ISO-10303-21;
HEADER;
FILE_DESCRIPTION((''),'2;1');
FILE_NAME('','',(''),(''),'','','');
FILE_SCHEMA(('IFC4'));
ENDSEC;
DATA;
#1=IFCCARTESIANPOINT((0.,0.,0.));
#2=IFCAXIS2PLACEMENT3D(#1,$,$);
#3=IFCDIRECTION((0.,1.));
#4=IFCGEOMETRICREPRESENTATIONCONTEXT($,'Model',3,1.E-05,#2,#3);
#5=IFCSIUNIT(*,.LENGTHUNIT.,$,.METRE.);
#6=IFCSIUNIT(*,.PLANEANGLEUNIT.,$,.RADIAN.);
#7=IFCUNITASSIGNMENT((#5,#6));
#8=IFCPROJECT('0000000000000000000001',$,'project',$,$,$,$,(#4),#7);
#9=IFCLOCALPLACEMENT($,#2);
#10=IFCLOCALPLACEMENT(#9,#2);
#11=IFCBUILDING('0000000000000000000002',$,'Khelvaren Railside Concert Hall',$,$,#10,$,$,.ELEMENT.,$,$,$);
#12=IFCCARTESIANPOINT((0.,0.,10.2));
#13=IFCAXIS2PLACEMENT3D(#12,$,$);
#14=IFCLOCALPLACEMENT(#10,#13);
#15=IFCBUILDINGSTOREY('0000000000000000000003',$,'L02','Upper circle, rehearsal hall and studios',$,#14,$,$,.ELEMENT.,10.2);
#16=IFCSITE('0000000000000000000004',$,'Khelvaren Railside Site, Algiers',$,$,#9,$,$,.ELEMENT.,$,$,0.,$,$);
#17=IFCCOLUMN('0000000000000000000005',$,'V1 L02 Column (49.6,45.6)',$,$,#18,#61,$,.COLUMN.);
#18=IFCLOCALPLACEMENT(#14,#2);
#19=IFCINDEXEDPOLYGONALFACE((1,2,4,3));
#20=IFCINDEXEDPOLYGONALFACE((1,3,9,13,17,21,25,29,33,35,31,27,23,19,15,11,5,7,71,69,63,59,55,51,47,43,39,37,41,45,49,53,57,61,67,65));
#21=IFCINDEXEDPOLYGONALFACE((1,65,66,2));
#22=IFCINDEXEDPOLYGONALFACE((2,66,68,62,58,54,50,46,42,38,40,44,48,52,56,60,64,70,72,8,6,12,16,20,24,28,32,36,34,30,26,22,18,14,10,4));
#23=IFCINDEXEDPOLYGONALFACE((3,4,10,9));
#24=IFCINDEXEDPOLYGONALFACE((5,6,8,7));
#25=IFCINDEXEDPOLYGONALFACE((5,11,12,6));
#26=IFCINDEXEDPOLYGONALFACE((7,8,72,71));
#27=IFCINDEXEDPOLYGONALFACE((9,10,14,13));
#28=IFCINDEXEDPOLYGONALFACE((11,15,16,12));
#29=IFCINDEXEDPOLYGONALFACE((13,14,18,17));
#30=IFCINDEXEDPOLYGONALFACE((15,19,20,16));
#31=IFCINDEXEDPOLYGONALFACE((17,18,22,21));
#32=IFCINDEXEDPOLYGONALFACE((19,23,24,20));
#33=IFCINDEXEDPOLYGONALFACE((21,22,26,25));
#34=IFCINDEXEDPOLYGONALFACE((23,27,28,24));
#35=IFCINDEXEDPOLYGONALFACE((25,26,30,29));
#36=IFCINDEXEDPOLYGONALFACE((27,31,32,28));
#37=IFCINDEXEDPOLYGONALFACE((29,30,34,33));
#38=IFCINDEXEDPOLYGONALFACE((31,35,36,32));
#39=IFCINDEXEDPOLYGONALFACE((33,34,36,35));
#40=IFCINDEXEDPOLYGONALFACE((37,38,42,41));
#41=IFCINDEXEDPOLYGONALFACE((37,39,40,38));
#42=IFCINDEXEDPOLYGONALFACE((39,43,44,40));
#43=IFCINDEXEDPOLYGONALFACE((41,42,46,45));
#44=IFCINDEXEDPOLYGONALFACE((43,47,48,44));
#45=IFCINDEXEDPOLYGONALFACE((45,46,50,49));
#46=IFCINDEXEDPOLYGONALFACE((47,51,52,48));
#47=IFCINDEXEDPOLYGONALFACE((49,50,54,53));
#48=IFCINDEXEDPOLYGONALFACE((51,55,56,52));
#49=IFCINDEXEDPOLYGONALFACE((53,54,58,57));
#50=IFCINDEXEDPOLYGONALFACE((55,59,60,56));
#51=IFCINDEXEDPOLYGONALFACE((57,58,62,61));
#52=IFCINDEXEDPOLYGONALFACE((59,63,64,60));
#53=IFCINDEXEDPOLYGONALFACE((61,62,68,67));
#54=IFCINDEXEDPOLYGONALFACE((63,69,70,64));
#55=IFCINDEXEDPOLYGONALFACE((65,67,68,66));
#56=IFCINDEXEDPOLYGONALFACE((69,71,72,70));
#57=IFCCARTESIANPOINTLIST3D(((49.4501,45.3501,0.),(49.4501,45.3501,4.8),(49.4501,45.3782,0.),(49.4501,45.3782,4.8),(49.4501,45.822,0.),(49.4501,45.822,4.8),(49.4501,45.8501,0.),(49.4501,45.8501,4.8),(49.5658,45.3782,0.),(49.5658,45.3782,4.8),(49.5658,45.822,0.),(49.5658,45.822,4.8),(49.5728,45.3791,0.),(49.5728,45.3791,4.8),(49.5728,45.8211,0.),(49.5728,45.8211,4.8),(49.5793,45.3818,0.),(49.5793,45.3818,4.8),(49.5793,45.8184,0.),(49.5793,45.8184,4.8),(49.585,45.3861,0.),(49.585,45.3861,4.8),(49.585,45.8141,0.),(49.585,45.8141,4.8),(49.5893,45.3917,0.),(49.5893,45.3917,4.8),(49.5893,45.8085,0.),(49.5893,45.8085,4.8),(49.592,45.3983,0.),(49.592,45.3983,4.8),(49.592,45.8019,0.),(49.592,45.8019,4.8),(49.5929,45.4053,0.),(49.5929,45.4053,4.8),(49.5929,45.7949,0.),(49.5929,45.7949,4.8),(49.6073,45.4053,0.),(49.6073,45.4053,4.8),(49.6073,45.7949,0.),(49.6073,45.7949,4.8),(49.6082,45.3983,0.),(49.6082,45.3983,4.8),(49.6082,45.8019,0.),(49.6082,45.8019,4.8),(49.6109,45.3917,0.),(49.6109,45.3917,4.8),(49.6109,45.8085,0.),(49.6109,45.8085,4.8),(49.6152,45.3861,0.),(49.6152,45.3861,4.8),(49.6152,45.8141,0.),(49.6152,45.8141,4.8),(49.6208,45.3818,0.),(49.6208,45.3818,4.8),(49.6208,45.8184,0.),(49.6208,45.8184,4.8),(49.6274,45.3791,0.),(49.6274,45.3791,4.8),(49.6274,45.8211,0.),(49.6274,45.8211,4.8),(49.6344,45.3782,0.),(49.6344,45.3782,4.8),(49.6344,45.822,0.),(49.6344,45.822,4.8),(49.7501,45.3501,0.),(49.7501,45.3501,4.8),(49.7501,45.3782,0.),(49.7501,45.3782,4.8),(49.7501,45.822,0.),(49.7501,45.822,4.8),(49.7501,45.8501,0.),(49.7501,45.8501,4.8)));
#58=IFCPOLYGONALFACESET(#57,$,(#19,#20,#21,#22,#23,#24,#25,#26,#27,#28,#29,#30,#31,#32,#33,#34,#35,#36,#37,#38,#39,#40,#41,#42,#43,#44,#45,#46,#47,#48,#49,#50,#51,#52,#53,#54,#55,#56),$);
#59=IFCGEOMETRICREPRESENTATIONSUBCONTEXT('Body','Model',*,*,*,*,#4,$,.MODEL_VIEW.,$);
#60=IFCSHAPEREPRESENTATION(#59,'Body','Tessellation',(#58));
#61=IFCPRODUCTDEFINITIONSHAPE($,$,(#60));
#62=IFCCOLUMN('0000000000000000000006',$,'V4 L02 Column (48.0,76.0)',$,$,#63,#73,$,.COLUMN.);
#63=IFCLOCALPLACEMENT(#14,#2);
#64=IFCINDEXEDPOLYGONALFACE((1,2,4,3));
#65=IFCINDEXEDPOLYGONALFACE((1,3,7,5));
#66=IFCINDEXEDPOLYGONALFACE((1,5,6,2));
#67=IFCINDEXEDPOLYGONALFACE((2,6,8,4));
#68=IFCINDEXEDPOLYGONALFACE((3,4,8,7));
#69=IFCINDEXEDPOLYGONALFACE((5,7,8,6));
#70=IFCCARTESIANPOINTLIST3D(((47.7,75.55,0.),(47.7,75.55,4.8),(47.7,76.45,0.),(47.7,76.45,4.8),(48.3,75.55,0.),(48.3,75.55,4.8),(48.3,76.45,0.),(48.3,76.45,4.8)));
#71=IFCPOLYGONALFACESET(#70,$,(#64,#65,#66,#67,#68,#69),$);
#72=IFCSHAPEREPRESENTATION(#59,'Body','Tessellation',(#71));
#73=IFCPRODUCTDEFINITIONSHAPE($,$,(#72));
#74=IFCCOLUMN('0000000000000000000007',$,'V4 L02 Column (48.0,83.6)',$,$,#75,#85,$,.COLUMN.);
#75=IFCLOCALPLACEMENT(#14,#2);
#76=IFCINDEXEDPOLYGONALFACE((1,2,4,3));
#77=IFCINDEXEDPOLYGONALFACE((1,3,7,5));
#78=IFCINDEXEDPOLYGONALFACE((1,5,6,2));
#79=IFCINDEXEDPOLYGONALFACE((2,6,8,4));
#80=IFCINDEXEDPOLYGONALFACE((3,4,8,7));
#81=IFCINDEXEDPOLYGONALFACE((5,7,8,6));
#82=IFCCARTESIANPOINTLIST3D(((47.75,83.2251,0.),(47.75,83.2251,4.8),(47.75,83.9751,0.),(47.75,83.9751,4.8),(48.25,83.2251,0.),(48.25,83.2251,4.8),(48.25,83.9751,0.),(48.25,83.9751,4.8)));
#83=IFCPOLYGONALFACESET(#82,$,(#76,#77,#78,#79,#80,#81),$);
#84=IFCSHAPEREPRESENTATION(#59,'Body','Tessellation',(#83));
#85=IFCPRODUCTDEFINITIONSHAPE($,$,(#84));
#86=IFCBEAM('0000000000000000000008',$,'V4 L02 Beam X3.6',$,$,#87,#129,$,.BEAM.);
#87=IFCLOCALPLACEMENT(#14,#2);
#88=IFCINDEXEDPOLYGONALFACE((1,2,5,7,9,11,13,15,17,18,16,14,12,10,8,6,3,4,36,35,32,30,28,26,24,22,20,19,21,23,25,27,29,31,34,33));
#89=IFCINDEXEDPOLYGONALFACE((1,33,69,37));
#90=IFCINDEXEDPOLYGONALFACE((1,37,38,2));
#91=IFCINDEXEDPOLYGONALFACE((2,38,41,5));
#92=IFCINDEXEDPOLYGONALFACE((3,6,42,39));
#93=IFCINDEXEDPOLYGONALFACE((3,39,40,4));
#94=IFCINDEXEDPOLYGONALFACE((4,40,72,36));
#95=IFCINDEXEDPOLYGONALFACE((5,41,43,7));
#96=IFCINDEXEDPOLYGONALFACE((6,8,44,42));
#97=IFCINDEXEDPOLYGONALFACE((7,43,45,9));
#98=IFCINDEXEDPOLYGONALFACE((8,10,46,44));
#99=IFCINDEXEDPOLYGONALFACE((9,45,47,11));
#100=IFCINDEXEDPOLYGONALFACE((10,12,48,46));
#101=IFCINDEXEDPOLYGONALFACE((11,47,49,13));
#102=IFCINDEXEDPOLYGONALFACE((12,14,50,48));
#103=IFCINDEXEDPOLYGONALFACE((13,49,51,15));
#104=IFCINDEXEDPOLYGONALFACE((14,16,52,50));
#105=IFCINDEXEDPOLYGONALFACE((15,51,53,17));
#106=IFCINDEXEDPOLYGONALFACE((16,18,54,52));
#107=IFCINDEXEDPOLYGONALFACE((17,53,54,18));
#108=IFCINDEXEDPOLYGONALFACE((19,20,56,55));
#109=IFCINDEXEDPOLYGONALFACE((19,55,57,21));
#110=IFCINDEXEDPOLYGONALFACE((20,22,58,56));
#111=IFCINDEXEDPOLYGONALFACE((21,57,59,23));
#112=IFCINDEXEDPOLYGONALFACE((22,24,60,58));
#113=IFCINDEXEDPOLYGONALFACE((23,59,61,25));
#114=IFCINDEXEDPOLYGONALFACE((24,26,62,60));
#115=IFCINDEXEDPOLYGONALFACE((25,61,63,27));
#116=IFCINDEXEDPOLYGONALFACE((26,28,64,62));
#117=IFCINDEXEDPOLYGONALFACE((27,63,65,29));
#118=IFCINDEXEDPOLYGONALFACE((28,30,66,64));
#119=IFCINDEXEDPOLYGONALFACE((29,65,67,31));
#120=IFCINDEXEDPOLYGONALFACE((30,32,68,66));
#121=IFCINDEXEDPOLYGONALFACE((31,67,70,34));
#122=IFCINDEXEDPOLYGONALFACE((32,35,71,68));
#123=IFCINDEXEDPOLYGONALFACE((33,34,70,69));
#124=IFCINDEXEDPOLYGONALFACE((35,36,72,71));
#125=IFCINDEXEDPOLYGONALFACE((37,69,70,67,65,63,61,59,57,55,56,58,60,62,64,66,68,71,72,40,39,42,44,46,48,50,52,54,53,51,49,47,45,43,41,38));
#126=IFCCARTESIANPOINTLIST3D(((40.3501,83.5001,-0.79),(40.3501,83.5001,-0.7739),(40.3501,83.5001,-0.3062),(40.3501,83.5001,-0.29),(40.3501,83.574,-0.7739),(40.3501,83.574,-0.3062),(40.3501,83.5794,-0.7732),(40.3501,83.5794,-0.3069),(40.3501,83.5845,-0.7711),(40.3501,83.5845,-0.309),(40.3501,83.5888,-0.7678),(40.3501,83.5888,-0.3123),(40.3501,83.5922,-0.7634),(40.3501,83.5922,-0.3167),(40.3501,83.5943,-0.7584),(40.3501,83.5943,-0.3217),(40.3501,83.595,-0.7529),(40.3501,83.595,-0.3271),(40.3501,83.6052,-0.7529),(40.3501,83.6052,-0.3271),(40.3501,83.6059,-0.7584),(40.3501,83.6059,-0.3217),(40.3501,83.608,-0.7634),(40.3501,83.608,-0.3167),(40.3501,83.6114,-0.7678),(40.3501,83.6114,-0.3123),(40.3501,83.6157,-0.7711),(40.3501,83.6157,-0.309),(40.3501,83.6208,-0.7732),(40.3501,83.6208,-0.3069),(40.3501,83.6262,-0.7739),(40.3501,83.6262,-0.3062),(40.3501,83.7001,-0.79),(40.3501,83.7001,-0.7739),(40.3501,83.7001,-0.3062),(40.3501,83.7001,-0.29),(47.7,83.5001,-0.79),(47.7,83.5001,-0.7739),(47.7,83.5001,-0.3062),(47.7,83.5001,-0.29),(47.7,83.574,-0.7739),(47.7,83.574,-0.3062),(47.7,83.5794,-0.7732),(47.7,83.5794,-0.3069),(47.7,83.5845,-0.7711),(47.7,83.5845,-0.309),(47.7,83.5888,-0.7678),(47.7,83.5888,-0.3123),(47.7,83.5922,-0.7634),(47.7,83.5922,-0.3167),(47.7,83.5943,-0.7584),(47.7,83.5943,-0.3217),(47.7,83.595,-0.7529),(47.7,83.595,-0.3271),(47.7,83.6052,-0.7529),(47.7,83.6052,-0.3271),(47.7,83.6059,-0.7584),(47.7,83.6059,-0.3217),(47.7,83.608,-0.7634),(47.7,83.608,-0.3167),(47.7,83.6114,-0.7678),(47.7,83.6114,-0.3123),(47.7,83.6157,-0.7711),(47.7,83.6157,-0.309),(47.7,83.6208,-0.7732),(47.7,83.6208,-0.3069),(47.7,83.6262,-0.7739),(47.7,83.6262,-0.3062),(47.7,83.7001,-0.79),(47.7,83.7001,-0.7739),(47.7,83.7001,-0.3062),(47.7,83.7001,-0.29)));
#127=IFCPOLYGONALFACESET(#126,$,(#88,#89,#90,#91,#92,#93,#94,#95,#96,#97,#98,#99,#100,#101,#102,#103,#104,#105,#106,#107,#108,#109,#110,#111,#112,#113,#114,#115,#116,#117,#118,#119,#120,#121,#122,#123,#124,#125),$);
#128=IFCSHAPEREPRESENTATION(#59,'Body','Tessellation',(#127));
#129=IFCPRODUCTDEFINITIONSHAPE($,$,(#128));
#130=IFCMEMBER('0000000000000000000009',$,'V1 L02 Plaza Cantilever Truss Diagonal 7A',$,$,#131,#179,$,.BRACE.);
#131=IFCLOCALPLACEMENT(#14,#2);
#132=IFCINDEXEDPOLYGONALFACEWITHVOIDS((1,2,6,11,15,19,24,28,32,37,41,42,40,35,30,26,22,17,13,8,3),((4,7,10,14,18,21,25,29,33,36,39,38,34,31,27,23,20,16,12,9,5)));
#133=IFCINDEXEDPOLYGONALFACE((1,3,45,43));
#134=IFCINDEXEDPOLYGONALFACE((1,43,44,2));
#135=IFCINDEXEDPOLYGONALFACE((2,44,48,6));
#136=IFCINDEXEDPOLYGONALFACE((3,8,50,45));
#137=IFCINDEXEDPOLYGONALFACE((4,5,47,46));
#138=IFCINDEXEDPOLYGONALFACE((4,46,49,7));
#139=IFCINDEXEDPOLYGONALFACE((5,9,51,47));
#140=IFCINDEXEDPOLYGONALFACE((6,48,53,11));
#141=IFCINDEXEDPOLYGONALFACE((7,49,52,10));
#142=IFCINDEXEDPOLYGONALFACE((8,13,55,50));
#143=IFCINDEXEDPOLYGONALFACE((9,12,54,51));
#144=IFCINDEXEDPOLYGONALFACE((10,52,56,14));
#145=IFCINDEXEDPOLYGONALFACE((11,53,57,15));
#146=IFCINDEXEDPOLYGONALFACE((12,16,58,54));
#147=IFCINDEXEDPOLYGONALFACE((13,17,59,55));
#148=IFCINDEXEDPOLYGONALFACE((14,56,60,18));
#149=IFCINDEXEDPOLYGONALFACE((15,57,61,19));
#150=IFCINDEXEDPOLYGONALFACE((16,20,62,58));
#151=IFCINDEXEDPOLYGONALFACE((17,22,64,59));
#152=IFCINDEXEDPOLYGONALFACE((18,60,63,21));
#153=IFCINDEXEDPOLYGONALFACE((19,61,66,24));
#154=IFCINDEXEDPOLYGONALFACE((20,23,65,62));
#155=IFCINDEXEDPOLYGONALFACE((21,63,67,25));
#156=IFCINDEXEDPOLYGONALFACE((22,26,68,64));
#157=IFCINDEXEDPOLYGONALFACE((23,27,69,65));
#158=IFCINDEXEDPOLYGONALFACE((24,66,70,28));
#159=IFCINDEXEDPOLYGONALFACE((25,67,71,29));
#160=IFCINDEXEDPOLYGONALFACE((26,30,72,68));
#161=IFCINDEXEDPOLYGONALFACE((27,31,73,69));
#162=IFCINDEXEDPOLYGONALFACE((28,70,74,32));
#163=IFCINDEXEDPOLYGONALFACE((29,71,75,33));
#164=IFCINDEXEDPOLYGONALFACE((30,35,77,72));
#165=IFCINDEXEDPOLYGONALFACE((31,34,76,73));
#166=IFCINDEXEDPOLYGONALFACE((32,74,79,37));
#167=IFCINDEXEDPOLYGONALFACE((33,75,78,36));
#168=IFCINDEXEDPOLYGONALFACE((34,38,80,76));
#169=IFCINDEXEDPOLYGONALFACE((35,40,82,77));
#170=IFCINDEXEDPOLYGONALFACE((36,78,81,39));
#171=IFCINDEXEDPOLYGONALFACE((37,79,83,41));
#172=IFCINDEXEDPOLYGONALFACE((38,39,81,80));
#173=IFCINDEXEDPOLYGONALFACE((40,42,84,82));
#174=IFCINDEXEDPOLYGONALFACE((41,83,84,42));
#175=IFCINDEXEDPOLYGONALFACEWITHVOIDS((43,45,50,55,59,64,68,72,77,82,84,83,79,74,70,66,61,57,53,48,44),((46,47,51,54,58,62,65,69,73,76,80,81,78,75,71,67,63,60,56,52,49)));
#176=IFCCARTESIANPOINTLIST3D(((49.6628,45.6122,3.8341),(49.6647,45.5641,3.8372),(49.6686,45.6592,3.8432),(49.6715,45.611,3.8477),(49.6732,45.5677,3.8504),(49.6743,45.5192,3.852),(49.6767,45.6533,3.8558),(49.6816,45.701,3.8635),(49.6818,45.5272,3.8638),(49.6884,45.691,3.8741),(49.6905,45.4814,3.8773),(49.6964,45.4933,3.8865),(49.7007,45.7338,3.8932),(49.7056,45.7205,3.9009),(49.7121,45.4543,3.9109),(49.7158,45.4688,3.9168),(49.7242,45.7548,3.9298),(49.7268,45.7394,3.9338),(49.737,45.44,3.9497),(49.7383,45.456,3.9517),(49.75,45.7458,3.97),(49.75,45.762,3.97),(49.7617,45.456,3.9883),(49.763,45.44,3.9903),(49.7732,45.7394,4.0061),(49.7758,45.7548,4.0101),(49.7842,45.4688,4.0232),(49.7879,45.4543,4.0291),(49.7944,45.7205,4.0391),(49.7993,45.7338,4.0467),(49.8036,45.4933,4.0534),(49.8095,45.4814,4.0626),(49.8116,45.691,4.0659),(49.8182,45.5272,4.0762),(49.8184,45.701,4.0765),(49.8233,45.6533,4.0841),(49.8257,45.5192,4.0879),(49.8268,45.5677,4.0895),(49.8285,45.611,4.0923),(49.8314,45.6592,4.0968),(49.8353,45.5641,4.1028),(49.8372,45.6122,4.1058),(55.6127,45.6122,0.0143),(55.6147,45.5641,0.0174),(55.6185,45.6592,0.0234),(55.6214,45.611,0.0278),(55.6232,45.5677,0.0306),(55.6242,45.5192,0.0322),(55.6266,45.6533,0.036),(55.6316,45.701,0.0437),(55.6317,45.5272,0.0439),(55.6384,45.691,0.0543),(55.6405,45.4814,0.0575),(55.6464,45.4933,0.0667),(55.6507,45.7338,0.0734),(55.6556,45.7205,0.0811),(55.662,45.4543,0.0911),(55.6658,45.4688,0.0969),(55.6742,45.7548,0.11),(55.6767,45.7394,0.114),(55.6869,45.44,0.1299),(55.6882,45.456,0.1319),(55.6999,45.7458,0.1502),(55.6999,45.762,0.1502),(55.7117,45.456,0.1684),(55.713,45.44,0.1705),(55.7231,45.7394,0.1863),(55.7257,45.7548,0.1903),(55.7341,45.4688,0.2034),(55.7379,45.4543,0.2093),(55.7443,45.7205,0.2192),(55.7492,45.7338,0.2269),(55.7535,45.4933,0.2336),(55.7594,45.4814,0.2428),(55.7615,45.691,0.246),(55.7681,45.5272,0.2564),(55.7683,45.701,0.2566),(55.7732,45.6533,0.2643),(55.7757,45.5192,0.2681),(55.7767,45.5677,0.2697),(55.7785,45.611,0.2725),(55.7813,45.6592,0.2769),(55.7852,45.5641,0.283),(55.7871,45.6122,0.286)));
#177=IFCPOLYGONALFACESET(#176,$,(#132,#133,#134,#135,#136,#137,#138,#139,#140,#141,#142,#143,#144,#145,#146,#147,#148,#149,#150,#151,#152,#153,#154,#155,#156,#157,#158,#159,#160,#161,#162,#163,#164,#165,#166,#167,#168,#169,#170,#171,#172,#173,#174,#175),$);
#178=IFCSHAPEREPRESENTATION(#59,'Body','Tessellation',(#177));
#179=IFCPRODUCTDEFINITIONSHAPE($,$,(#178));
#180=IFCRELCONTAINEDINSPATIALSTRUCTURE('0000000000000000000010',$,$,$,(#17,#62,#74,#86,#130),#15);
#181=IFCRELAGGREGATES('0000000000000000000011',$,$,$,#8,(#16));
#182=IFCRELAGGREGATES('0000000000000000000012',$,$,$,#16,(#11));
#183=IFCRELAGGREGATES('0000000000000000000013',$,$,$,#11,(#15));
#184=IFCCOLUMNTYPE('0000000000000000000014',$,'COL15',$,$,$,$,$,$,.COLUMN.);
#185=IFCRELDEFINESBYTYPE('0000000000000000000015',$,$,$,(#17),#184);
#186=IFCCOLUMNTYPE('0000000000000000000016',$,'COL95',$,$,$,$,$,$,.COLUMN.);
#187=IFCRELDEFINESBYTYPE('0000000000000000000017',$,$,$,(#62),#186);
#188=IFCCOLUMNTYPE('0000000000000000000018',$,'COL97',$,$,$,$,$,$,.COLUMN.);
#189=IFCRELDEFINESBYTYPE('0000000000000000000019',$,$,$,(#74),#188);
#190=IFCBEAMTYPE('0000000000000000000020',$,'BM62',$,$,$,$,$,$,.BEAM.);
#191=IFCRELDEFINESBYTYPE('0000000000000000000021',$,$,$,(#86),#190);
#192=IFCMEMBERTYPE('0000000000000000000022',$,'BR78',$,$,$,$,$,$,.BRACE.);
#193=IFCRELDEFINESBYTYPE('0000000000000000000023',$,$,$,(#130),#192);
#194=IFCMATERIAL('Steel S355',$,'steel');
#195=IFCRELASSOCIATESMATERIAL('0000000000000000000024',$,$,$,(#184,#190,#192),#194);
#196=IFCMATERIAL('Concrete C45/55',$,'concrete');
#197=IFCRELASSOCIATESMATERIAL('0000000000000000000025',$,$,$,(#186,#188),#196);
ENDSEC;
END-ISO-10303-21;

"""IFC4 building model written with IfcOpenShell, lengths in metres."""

from ifc_helpers import new_model, si_unit, direction, frame, origin, origin_2d, place, context, subcontext, project, spatial, rectangle, hollow_circle, i_section, extrude, material, material_profile, profile_set, type_object, element, save


model = new_model("IFC4")

# Units and contexts
model_context = context("Model", 3, precision=1e-05, world=origin(), true_north=direction((0.0, 1.0)))
body_context = subcontext(model_context, "Body", "Model", "MODEL_VIEW")
ifc_project = project(units=[si_unit("LENGTHUNIT", "METRE"), si_unit("PLANEANGLEUNIT", "RADIAN")], contexts=[model_context])

# Site, building, storey
site_placement = place(None, origin())
site = spatial("IfcSite", under=ifc_project, at=site_placement, Name="Khelvaren Railside Site, Algiers", CompositionType="ELEMENT", RefElevation=0.0)
building_placement = place(site_placement, origin())
building = spatial("IfcBuilding", under=site, at=building_placement, Name="Khelvaren Railside Concert Hall", CompositionType="ELEMENT")
storey_placement = place(building_placement, frame((0.0, 0.0, 10.2)))
storey = spatial("IfcBuildingStorey", under=building, at=storey_placement, Name="L02", Description="Upper circle, rehearsal hall and studios", CompositionType="ELEMENT", Elevation=10.2)

# Columns
ifc_material_1 = material(Name="Steel S355", Category="steel")
ifc_material_profile_1 = material_profile(ifc_material_1, i_section(OverallWidth=0.3, OverallDepth=0.5, WebThickness=0.0144, FlangeThickness=0.0281, FilletRadius=0.0271, at=origin_2d()), Name="HEB 500")
ifc_profile_set_1 = profile_set([ifc_material_profile_1], Name="Steel S355")
column_type_1 = type_object("IfcColumnType", Name="COL15", PredefinedType="COLUMN", material=ifc_profile_set_1)
column_1_placement = place(storey_placement, frame((49.6001, 45.6001, 0.0), z_axis=(0.0, 0.0, 1.0), x_axis=(1.0, 0.0, 0.0)))
element("IfcColumn", 1, at=column_1_placement, inside=storey, type_object=column_type_1, Name="V1 L02 Column (49.6,45.6)", PredefinedType="COLUMN", context=body_context, shape_type="SweptSolid", body=[
    extrude(i_section(OverallWidth=0.3, OverallDepth=0.5, WebThickness=0.0144, FlangeThickness=0.0281, FilletRadius=0.0271, at=origin_2d()), origin(), (0.0, 0.0, 1.0), 4.8),
])
ifc_material_2 = material(Name="Concrete C45/55", Category="concrete")
ifc_material_profile_2 = material_profile(ifc_material_2, rectangle(XDim=0.6001, YDim=0.8999, at=origin_2d()), Name="RC 600x900")
ifc_profile_set_2 = profile_set([ifc_material_profile_2], Name="Concrete C45/55")
column_type_2 = type_object("IfcColumnType", Name="COL95", PredefinedType="COLUMN", material=ifc_profile_set_2)
column_2_placement = place(storey_placement, frame((48.0, 76.0, 0.0), z_axis=(0.0, 0.0, 1.0), x_axis=(1.0, 0.0, 0.0)))
element("IfcColumn", 2, at=column_2_placement, inside=storey, type_object=column_type_2, Name="V4 L02 Column (48.0,76.0)", PredefinedType="COLUMN", context=body_context, shape_type="SweptSolid", body=[
    extrude(rectangle(XDim=0.6001, YDim=0.8999, at=origin_2d()), origin(), (0.0, 0.0, 1.0), 4.8),
])
ifc_material_profile_3 = material_profile(ifc_material_2, rectangle(XDim=0.5, YDim=0.75, at=origin_2d()), Name="RC 500x750")
ifc_profile_set_3 = profile_set([ifc_material_profile_3], Name="Concrete C45/55")
column_type_3 = type_object("IfcColumnType", Name="COL97", PredefinedType="COLUMN", material=ifc_profile_set_3)
column_3_placement = place(storey_placement, frame((48.0, 83.6001, 0.0), z_axis=(0.0, 0.0, 1.0), x_axis=(1.0, 0.0, 0.0)))
element("IfcColumn", 3, at=column_3_placement, inside=storey, type_object=column_type_3, Name="V4 L02 Column (48.0,83.6)", PredefinedType="COLUMN", context=body_context, shape_type="SweptSolid", body=[
    extrude(rectangle(XDim=0.5, YDim=0.75, at=origin_2d()), origin(), (0.0, 0.0, 1.0), 4.8),
])

# Beam
ifc_material_profile_4 = material_profile(ifc_material_1, i_section(OverallWidth=0.2, OverallDepth=0.5, WebThickness=0.0103, FlangeThickness=0.0161, FilletRadius=0.021, at=origin_2d()), Name="IPE 500")
ifc_profile_set_4 = profile_set([ifc_material_profile_4], Name="Steel S355")
beam_type_1 = type_object("IfcBeamType", Name="BM62", PredefinedType="BEAM", material=ifc_profile_set_4)
beam_1_placement = place(storey_placement, frame((40.3501, 83.6001, -0.54), z_axis=(1.0, 0.0, 0.0), x_axis=(0.0, 1.0, 0.0)))
element("IfcBeam", 4, at=beam_1_placement, inside=storey, type_object=beam_type_1, Name="V4 L02 Beam X3.6", PredefinedType="BEAM", context=body_context, shape_type="SweptSolid", body=[
    extrude(i_section(OverallWidth=0.2, OverallDepth=0.5, WebThickness=0.0103, FlangeThickness=0.0161, FilletRadius=0.021, at=origin_2d()), origin(), (0.0, 0.0, 1.0), 7.3499),
])

# Member
ifc_material_profile_5 = material_profile(ifc_material_1, hollow_circle(Radius=0.1619, WallThickness=0.0161, at=origin_2d()), Name="CHS 323.9x16")
ifc_profile_set_5 = profile_set([ifc_material_profile_5], Name="Steel S355")
member_type = type_object("IfcMemberType", Name="BR78", PredefinedType="BRACE", material=ifc_profile_set_5)
member_1_placement = place(storey_placement, frame((49.75, 45.6001, 3.97), z_axis=(0.841509, 0.0, -0.540243), x_axis=(0.0, 1.0, 0.0)))
element("IfcMember", 5, at=member_1_placement, inside=storey, type_object=member_type, Name="V1 L02 Plaza Cantilever Truss Diagonal 7A", PredefinedType="BRACE", context=body_context, shape_type="SweptSolid", body=[
    extrude(hollow_circle(Radius=0.1619, WallThickness=0.0161, at=origin_2d()), origin(), (0.0, 0.0, 1.0), 7.0706),
])

save(model, "model.ifc")
